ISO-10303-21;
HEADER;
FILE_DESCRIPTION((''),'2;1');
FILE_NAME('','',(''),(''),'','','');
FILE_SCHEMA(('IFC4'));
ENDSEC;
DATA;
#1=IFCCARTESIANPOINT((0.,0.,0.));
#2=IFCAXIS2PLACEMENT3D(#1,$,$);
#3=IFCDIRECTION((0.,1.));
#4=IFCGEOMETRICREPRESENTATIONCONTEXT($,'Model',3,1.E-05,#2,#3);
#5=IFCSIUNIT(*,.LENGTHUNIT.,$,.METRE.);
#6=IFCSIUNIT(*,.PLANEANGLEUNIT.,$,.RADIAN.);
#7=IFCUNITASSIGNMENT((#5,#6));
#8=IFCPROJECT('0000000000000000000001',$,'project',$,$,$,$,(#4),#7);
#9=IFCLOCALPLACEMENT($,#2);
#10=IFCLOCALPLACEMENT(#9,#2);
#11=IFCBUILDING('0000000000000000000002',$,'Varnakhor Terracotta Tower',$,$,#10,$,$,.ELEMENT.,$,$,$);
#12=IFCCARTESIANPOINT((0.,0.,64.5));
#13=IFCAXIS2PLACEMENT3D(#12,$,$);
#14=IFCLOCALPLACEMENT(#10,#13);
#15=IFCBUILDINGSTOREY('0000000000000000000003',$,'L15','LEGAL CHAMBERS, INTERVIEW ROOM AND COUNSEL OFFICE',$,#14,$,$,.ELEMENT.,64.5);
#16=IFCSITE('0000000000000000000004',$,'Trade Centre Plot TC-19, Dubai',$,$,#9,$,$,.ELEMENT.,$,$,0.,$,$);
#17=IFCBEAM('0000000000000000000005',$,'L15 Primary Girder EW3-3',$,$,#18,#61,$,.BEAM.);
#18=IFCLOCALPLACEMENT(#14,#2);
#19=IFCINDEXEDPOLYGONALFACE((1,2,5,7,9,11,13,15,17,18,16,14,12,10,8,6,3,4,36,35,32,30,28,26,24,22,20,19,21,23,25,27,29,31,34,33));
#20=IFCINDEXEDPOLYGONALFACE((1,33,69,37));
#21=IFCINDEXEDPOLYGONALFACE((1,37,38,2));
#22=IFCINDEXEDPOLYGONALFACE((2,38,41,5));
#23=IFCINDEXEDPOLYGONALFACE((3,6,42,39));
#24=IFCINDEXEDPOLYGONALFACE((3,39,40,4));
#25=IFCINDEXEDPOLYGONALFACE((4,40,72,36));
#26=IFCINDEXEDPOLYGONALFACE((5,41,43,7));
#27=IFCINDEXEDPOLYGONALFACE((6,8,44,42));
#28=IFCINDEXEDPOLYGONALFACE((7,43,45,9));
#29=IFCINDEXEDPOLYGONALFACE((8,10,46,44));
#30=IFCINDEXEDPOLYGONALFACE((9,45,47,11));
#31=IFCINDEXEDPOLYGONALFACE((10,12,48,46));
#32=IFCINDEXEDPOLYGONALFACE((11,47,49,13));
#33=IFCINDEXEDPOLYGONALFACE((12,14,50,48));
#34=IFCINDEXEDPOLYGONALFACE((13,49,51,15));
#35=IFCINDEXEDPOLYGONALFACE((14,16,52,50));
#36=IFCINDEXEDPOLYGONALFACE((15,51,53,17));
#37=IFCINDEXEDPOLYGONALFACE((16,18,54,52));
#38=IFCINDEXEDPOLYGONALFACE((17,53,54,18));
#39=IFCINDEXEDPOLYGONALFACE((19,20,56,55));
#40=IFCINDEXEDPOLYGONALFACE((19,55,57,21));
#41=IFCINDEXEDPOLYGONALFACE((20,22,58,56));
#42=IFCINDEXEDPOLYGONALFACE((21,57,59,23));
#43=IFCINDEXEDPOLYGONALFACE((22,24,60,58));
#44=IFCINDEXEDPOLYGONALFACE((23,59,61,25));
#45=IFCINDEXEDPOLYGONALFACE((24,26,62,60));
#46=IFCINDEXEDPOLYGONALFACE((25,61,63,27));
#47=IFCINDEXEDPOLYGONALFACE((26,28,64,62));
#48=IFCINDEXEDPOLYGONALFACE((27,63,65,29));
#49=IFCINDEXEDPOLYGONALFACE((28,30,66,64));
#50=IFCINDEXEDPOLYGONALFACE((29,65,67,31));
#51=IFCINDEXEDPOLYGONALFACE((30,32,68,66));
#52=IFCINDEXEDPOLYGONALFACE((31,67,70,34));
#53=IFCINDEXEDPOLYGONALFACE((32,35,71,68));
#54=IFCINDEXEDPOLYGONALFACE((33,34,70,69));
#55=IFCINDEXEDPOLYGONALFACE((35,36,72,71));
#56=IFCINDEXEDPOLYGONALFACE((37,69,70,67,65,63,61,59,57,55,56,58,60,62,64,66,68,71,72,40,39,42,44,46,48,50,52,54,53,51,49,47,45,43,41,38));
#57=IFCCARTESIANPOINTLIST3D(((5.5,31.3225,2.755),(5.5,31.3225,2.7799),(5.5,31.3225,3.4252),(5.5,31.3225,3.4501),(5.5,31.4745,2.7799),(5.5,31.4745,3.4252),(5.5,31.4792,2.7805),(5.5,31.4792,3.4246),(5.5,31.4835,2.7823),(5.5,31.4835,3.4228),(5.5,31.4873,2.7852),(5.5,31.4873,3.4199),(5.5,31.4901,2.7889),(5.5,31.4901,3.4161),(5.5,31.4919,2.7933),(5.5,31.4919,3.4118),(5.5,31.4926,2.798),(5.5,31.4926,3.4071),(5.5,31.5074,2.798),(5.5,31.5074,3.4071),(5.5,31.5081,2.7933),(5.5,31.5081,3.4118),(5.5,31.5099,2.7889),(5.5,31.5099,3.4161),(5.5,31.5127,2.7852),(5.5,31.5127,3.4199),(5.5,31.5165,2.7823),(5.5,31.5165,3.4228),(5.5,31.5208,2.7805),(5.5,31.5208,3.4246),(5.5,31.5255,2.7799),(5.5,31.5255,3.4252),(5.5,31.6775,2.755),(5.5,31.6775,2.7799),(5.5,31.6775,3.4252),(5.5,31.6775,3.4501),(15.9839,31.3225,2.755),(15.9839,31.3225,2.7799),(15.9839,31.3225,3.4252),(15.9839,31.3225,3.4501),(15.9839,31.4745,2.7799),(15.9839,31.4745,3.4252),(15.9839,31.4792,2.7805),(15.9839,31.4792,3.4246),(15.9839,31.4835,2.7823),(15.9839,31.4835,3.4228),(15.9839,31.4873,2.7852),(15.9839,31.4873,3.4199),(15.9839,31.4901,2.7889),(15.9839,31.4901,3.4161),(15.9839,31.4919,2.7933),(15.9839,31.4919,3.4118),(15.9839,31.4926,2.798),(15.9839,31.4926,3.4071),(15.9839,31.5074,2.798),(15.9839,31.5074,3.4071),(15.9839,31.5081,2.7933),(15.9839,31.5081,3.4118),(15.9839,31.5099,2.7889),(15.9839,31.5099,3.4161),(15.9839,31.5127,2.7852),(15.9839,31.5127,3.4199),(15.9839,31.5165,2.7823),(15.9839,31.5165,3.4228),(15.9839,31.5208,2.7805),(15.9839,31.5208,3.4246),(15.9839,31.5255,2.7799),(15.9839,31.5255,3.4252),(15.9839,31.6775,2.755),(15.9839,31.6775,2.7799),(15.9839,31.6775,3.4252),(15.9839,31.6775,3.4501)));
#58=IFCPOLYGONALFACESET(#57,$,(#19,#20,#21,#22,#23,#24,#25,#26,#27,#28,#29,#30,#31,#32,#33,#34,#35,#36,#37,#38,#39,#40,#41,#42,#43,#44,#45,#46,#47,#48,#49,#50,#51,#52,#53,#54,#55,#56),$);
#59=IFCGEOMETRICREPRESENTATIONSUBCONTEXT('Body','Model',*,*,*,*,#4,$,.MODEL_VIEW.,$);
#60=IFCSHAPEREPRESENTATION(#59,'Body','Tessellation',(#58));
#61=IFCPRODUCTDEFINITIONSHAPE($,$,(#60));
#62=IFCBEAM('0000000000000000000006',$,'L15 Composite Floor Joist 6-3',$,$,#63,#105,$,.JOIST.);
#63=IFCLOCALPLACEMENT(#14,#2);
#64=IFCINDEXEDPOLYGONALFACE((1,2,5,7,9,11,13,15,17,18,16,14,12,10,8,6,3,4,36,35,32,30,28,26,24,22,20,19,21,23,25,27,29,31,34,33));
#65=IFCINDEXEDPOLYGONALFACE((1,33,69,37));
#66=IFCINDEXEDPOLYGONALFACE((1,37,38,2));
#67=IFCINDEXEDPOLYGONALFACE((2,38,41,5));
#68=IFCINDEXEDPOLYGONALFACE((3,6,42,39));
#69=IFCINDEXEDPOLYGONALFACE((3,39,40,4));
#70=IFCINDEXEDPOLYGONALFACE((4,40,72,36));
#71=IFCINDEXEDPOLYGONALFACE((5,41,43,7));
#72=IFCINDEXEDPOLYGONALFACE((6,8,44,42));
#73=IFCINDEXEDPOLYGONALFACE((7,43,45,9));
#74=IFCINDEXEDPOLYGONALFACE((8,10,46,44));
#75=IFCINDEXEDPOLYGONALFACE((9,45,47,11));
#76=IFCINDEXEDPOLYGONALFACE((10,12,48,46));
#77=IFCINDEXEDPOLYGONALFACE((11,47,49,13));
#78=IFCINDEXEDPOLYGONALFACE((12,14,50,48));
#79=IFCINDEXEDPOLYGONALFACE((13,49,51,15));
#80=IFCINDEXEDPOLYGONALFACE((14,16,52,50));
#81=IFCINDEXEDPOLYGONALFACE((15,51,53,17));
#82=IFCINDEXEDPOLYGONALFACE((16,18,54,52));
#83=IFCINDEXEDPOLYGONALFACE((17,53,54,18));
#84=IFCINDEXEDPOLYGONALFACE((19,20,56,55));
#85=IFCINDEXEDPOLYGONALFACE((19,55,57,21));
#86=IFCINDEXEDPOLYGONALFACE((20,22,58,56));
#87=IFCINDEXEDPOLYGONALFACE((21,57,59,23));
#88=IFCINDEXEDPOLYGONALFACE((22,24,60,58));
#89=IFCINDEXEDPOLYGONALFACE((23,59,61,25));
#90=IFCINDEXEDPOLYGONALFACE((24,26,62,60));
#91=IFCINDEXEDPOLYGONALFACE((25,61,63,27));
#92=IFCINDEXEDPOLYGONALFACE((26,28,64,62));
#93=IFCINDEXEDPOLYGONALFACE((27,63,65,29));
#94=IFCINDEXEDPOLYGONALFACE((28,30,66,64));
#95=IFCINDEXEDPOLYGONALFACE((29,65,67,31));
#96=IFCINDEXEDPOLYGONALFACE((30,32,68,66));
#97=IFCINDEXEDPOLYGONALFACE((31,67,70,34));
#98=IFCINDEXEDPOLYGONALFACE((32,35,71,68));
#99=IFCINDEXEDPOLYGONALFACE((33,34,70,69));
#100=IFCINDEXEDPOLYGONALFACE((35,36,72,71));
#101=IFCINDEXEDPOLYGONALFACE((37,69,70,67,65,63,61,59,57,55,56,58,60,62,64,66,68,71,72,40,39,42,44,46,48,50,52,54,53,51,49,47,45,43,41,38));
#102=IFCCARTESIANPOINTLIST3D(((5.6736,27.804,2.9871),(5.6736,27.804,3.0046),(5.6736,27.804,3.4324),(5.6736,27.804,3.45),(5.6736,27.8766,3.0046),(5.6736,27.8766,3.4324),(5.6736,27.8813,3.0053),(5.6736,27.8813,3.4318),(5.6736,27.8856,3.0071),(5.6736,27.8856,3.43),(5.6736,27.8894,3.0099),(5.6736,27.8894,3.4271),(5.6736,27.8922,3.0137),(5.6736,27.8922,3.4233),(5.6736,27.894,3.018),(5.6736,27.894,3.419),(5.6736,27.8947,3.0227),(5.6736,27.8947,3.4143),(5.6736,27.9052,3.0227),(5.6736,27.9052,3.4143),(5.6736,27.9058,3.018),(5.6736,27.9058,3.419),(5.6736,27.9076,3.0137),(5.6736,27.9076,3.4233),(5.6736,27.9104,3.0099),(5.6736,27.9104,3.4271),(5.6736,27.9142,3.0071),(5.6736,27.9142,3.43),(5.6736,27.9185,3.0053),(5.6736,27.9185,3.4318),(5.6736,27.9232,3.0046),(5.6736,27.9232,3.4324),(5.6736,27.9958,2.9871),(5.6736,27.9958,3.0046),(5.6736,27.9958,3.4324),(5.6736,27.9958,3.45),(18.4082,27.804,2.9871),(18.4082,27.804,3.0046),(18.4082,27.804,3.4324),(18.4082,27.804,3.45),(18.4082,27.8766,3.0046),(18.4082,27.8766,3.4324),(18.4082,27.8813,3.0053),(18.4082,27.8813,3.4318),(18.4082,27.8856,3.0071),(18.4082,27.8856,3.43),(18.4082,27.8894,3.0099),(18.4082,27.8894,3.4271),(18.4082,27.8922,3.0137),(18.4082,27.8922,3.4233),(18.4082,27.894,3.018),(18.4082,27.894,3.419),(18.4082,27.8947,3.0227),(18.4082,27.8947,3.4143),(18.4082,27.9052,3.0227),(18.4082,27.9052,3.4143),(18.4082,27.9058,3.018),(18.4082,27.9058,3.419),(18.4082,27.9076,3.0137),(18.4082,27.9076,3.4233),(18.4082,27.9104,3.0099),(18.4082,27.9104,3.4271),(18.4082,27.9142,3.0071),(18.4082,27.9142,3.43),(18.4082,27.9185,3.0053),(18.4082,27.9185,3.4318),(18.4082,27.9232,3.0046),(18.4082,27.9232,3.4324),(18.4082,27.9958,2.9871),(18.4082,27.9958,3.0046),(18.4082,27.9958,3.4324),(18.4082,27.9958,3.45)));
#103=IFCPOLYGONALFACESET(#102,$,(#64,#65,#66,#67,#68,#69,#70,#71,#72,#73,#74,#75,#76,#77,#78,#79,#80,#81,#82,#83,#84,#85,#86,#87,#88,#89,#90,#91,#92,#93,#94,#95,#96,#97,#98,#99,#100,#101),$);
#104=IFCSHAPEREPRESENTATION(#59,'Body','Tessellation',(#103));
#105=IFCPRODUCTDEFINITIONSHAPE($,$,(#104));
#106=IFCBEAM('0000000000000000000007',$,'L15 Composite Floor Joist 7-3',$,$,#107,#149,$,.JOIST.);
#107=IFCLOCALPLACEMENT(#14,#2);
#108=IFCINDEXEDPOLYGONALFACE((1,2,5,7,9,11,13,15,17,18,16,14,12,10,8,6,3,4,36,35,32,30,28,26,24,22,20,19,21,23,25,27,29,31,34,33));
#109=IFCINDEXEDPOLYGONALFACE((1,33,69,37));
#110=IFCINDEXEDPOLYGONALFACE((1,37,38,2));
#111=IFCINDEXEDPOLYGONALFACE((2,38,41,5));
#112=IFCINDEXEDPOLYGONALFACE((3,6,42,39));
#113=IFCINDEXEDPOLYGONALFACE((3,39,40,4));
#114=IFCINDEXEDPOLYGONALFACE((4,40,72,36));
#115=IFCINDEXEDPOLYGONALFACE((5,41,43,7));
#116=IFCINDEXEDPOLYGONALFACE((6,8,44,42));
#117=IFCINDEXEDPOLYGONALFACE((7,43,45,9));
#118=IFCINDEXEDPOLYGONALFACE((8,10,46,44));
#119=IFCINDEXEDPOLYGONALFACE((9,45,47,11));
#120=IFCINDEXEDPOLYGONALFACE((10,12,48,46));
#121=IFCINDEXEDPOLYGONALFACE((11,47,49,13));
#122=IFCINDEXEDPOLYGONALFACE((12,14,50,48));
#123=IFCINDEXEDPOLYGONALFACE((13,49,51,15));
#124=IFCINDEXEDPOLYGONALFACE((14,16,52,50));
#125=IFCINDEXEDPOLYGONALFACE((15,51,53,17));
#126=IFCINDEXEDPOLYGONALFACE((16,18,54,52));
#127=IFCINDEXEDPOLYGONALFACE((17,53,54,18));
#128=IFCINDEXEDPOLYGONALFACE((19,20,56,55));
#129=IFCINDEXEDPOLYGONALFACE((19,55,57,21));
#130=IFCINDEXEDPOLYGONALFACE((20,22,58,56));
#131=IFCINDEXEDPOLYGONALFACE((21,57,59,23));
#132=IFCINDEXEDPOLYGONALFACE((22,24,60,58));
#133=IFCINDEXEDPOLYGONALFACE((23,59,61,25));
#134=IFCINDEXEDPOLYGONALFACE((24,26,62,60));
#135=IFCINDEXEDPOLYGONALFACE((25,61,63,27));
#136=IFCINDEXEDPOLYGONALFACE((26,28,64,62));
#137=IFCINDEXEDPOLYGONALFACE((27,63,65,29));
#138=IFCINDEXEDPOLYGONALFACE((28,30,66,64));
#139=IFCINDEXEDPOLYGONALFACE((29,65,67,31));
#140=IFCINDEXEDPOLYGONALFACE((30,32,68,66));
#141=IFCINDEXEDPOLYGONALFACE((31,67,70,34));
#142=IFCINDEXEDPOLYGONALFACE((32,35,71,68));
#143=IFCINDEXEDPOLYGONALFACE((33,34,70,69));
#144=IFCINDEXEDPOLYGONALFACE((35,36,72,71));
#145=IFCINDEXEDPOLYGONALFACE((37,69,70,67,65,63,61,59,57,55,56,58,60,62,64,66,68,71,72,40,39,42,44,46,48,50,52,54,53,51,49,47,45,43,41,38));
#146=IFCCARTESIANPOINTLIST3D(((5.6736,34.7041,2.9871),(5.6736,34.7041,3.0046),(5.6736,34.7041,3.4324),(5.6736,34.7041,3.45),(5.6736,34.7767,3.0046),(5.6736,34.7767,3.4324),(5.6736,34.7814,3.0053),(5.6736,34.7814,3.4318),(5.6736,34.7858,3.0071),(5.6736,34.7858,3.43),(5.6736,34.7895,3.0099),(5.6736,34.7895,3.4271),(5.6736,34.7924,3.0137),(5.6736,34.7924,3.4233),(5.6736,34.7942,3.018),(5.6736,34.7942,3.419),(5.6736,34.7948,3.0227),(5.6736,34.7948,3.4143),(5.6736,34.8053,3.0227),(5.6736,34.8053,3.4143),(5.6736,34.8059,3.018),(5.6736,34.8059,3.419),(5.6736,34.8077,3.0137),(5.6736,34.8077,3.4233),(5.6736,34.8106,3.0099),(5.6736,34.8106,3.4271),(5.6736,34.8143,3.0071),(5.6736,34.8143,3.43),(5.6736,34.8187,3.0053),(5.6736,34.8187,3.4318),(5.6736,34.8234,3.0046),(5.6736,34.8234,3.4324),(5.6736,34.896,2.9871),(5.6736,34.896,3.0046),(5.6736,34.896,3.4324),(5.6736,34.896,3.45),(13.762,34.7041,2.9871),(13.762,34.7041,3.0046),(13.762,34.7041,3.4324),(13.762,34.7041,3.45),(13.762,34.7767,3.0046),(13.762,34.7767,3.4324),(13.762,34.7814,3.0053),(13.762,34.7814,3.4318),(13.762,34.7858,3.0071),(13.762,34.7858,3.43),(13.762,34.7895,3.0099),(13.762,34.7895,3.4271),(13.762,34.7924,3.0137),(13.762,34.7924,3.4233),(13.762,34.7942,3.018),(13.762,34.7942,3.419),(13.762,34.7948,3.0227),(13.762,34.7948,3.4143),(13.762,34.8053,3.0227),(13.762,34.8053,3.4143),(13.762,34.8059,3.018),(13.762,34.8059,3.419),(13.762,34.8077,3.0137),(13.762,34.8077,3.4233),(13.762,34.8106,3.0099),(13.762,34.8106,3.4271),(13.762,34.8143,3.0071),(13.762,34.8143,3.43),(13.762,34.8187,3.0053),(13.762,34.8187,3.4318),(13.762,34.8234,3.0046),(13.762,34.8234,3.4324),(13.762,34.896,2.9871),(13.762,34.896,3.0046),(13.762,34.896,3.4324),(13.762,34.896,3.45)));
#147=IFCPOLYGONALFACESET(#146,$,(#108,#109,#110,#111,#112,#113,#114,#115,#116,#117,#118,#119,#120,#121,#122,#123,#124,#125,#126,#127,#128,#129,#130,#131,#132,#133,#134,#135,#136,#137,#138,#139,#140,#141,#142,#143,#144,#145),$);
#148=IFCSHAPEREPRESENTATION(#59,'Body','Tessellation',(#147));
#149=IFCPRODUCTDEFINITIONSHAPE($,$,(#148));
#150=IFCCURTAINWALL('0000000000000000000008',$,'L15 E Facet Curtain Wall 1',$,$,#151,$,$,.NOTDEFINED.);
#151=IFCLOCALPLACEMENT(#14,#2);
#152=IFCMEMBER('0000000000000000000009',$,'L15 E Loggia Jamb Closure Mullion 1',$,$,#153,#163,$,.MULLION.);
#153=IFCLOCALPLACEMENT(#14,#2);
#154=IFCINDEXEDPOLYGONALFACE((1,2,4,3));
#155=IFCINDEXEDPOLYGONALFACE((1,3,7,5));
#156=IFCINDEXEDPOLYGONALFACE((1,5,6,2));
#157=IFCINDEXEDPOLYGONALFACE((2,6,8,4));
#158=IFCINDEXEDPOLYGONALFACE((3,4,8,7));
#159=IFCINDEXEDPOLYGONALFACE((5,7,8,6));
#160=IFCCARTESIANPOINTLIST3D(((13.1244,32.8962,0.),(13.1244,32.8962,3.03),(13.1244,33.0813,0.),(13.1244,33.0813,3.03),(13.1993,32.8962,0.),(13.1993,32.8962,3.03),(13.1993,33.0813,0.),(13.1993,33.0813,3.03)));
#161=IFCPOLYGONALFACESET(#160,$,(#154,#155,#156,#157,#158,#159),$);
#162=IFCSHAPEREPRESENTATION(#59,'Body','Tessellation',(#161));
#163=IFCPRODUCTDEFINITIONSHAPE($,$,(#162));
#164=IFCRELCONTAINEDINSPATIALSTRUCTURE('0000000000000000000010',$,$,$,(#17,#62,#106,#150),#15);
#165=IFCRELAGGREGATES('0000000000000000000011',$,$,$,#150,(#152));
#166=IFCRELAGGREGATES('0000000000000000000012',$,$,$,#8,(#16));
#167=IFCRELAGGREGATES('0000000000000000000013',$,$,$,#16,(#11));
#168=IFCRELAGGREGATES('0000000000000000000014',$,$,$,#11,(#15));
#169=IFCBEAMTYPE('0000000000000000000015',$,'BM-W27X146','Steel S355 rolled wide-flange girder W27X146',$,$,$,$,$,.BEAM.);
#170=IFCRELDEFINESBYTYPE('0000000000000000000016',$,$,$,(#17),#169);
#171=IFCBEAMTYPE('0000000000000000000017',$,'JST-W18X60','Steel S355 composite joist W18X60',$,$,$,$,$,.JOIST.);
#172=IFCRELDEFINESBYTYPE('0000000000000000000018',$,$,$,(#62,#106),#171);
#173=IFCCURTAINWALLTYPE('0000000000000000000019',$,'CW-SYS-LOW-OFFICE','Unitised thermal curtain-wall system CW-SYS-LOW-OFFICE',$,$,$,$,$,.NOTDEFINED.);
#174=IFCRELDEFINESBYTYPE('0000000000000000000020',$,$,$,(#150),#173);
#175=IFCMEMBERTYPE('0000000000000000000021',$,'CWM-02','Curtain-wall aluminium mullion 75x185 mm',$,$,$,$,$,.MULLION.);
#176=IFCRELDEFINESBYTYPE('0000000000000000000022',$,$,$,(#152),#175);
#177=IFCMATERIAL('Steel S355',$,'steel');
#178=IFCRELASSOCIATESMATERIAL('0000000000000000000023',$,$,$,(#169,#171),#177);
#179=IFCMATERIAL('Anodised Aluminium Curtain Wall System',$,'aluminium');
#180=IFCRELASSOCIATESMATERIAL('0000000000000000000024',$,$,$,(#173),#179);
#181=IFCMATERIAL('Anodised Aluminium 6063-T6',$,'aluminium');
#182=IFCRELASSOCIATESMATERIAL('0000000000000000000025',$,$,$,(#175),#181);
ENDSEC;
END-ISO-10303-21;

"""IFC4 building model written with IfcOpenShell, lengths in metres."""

from ifc_helpers import new_model, si_unit, direction, frame, origin, origin_2d, place, context, subcontext, project, spatial, rectangle, i_section, extrude, source, transform, mapped, material, material_profile, profile_set, type_object, type_shapes, element, aggregate, save


model = new_model("IFC4")

# Units and contexts
model_context = context("Model", 3, precision=1e-05, world=origin(), true_north=direction((0.0, 1.0)))
body_context = subcontext(model_context, "Body", "Model", "MODEL_VIEW")
ifc_project = project(units=[si_unit("LENGTHUNIT", "METRE"), si_unit("PLANEANGLEUNIT", "RADIAN")], contexts=[model_context])

# Site, building, storey
site_placement = place(None, origin())
site = spatial("IfcSite", under=ifc_project, at=site_placement, Name="Trade Centre Plot TC-19, Dubai", CompositionType="ELEMENT", RefElevation=0.0)
building_placement = place(site_placement, origin())
building = spatial("IfcBuilding", under=site, at=building_placement, Name="Varnakhor Terracotta Tower", CompositionType="ELEMENT")
storey_placement = place(building_placement, frame((0.0, 0.0, 64.5)))
storey = spatial("IfcBuildingStorey", under=building, at=storey_placement, Name="L15", Description="LEGAL CHAMBERS, INTERVIEW ROOM AND COUNSEL OFFICE", CompositionType="ELEMENT", Elevation=64.5)

# Beams
ifc_material_1 = material(Name="Steel S355", Category="steel")
ifc_material_profile_1 = material_profile(ifc_material_1, i_section(OverallWidth=0.355, OverallDepth=0.6951, WebThickness=0.0149, FlangeThickness=0.0249, FilletRadius=0.0181, at=origin_2d()), Name="W27X146")
ifc_profile_set_1 = profile_set([ifc_material_profile_1], Name="Steel S355")
beam_type_1 = type_object("IfcBeamType", Name="BM-W27X146", Description="Steel S355 rolled wide-flange girder W27X146", PredefinedType="BEAM", material=ifc_profile_set_1)
shared_shape_1 = source(origin(), body_context, "Body", "SweptSolid", [
    extrude(i_section(OverallWidth=0.355, OverallDepth=0.6951, WebThickness=0.0149, FlangeThickness=0.0249, FilletRadius=0.0181, at=origin_2d()), origin(), (0.0, 0.0, 1.0), 10.4839),
])
beam_1_placement = place(storey_placement, frame((5.5, 31.5, 3.1025), z_axis=(1.0, 0.0, 0.0), x_axis=(0.0, 1.0, 0.0)))
element("IfcBeam", 1, at=beam_1_placement, inside=storey, type_object=beam_type_1, Name="L15 Primary Girder EW3-3", PredefinedType="BEAM", context=body_context, shape_type="MappedRepresentation", body=[
    mapped(shared_shape_1, transform((0.0, 0.0, 0.0), scale=1.0)),
])
ifc_material_profile_2 = material_profile(ifc_material_1, i_section(OverallWidth=0.1919, OverallDepth=0.4629, WebThickness=0.0105, FlangeThickness=0.0176, FilletRadius=0.0181, at=origin_2d()), Name="W18X60")
ifc_profile_set_2 = profile_set([ifc_material_profile_2], Name="Steel S355")
beam_type_2 = type_object("IfcBeamType", Name="JST-W18X60", Description="Steel S355 composite joist W18X60", PredefinedType="JOIST", material=ifc_profile_set_2)
shared_shape_2 = source(origin(), body_context, "Body", "SweptSolid", [
    extrude(i_section(OverallWidth=0.1919, OverallDepth=0.4629, WebThickness=0.0105, FlangeThickness=0.0176, FilletRadius=0.0181, at=origin_2d()), origin(), (0.0, 0.0, 1.0), 12.7346),
])
beam_2_placement = place(storey_placement, frame((5.6736, 27.8999, 3.2185), z_axis=(1.0, 0.0, 0.0), x_axis=(0.0, 1.0, 0.0)))
element("IfcBeam", 2, at=beam_2_placement, inside=storey, type_object=beam_type_2, Name="L15 Composite Floor Joist 6-3", PredefinedType="JOIST", context=body_context, shape_type="MappedRepresentation", body=[
    mapped(shared_shape_2, transform((0.0, 0.0, 0.0), scale=1.0)),
])
shared_shape_3 = source(origin(), body_context, "Body", "SweptSolid", [
    extrude(i_section(OverallWidth=0.1919, OverallDepth=0.4629, WebThickness=0.0105, FlangeThickness=0.0176, FilletRadius=0.0181, at=origin_2d()), origin(), (0.0, 0.0, 1.0), 8.0884),
])
beam_3_placement = place(storey_placement, frame((5.6736, 34.8, 3.2185), z_axis=(1.0, 0.0, 0.0), x_axis=(0.0, 1.0, 0.0)))
element("IfcBeam", 3, at=beam_3_placement, inside=storey, type_object=beam_type_2, Name="L15 Composite Floor Joist 7-3", PredefinedType="JOIST", context=body_context, shape_type="MappedRepresentation", body=[
    mapped(shared_shape_3, transform((0.0, 0.0, 0.0), scale=1.0)),
])

# Curtain wall, member
ifc_material_2 = material(Name="Anodised Aluminium Curtain Wall System", Category="aluminium")
curtain_wall_type = type_object("IfcCurtainWallType", Name="CW-SYS-LOW-OFFICE", Description="Unitised thermal curtain-wall system CW-SYS-LOW-OFFICE", PredefinedType="NOTDEFINED", material=ifc_material_2)
curtain_wall_placement = place(storey_placement, origin())
curtain_wall = element("IfcCurtainWall", 4, at=curtain_wall_placement, inside=storey, type_object=curtain_wall_type, Name="L15 E Facet Curtain Wall 1", PredefinedType="NOTDEFINED")
ifc_material_3 = material(Name="Anodised Aluminium 6063-T6", Category="aluminium")
ifc_material_profile_3 = material_profile(ifc_material_3, rectangle(XDim=0.075, YDim=0.1851, at=origin_2d()), Name="ALU MULLION 75x185")
ifc_profile_set_3 = profile_set([ifc_material_profile_3], Name="Anodised Aluminium 6063-T6")
member_type = type_object("IfcMemberType", Name="CWM-02", Description="Curtain-wall aluminium mullion 75x185 mm", PredefinedType="MULLION", material=ifc_profile_set_3)
shared_shape_4 = source(origin(), body_context, "Body", "SweptSolid", [
    extrude(rectangle(XDim=0.075, YDim=0.1851, at=origin_2d()), origin(), (0.0, 0.0, 1.0), 3.03),
])
type_shapes(member_type, [shared_shape_4])
member_placement = place(storey_placement, frame((13.1619, 32.9888, 0.0), z_axis=(0.0, 0.0, 1.0), x_axis=(1.0, 0.0, 0.0)))
member = element("IfcMember", 5, at=member_placement, type_object=member_type, Name="L15 E Loggia Jamb Closure Mullion 1", PredefinedType="MULLION", context=body_context, shape_type="MappedRepresentation", body=[
    mapped(shared_shape_4, transform((0.0, 0.0, 0.0), scale=1.0)),
])

aggregate(curtain_wall, [member])

save(model, "model.ifc")
